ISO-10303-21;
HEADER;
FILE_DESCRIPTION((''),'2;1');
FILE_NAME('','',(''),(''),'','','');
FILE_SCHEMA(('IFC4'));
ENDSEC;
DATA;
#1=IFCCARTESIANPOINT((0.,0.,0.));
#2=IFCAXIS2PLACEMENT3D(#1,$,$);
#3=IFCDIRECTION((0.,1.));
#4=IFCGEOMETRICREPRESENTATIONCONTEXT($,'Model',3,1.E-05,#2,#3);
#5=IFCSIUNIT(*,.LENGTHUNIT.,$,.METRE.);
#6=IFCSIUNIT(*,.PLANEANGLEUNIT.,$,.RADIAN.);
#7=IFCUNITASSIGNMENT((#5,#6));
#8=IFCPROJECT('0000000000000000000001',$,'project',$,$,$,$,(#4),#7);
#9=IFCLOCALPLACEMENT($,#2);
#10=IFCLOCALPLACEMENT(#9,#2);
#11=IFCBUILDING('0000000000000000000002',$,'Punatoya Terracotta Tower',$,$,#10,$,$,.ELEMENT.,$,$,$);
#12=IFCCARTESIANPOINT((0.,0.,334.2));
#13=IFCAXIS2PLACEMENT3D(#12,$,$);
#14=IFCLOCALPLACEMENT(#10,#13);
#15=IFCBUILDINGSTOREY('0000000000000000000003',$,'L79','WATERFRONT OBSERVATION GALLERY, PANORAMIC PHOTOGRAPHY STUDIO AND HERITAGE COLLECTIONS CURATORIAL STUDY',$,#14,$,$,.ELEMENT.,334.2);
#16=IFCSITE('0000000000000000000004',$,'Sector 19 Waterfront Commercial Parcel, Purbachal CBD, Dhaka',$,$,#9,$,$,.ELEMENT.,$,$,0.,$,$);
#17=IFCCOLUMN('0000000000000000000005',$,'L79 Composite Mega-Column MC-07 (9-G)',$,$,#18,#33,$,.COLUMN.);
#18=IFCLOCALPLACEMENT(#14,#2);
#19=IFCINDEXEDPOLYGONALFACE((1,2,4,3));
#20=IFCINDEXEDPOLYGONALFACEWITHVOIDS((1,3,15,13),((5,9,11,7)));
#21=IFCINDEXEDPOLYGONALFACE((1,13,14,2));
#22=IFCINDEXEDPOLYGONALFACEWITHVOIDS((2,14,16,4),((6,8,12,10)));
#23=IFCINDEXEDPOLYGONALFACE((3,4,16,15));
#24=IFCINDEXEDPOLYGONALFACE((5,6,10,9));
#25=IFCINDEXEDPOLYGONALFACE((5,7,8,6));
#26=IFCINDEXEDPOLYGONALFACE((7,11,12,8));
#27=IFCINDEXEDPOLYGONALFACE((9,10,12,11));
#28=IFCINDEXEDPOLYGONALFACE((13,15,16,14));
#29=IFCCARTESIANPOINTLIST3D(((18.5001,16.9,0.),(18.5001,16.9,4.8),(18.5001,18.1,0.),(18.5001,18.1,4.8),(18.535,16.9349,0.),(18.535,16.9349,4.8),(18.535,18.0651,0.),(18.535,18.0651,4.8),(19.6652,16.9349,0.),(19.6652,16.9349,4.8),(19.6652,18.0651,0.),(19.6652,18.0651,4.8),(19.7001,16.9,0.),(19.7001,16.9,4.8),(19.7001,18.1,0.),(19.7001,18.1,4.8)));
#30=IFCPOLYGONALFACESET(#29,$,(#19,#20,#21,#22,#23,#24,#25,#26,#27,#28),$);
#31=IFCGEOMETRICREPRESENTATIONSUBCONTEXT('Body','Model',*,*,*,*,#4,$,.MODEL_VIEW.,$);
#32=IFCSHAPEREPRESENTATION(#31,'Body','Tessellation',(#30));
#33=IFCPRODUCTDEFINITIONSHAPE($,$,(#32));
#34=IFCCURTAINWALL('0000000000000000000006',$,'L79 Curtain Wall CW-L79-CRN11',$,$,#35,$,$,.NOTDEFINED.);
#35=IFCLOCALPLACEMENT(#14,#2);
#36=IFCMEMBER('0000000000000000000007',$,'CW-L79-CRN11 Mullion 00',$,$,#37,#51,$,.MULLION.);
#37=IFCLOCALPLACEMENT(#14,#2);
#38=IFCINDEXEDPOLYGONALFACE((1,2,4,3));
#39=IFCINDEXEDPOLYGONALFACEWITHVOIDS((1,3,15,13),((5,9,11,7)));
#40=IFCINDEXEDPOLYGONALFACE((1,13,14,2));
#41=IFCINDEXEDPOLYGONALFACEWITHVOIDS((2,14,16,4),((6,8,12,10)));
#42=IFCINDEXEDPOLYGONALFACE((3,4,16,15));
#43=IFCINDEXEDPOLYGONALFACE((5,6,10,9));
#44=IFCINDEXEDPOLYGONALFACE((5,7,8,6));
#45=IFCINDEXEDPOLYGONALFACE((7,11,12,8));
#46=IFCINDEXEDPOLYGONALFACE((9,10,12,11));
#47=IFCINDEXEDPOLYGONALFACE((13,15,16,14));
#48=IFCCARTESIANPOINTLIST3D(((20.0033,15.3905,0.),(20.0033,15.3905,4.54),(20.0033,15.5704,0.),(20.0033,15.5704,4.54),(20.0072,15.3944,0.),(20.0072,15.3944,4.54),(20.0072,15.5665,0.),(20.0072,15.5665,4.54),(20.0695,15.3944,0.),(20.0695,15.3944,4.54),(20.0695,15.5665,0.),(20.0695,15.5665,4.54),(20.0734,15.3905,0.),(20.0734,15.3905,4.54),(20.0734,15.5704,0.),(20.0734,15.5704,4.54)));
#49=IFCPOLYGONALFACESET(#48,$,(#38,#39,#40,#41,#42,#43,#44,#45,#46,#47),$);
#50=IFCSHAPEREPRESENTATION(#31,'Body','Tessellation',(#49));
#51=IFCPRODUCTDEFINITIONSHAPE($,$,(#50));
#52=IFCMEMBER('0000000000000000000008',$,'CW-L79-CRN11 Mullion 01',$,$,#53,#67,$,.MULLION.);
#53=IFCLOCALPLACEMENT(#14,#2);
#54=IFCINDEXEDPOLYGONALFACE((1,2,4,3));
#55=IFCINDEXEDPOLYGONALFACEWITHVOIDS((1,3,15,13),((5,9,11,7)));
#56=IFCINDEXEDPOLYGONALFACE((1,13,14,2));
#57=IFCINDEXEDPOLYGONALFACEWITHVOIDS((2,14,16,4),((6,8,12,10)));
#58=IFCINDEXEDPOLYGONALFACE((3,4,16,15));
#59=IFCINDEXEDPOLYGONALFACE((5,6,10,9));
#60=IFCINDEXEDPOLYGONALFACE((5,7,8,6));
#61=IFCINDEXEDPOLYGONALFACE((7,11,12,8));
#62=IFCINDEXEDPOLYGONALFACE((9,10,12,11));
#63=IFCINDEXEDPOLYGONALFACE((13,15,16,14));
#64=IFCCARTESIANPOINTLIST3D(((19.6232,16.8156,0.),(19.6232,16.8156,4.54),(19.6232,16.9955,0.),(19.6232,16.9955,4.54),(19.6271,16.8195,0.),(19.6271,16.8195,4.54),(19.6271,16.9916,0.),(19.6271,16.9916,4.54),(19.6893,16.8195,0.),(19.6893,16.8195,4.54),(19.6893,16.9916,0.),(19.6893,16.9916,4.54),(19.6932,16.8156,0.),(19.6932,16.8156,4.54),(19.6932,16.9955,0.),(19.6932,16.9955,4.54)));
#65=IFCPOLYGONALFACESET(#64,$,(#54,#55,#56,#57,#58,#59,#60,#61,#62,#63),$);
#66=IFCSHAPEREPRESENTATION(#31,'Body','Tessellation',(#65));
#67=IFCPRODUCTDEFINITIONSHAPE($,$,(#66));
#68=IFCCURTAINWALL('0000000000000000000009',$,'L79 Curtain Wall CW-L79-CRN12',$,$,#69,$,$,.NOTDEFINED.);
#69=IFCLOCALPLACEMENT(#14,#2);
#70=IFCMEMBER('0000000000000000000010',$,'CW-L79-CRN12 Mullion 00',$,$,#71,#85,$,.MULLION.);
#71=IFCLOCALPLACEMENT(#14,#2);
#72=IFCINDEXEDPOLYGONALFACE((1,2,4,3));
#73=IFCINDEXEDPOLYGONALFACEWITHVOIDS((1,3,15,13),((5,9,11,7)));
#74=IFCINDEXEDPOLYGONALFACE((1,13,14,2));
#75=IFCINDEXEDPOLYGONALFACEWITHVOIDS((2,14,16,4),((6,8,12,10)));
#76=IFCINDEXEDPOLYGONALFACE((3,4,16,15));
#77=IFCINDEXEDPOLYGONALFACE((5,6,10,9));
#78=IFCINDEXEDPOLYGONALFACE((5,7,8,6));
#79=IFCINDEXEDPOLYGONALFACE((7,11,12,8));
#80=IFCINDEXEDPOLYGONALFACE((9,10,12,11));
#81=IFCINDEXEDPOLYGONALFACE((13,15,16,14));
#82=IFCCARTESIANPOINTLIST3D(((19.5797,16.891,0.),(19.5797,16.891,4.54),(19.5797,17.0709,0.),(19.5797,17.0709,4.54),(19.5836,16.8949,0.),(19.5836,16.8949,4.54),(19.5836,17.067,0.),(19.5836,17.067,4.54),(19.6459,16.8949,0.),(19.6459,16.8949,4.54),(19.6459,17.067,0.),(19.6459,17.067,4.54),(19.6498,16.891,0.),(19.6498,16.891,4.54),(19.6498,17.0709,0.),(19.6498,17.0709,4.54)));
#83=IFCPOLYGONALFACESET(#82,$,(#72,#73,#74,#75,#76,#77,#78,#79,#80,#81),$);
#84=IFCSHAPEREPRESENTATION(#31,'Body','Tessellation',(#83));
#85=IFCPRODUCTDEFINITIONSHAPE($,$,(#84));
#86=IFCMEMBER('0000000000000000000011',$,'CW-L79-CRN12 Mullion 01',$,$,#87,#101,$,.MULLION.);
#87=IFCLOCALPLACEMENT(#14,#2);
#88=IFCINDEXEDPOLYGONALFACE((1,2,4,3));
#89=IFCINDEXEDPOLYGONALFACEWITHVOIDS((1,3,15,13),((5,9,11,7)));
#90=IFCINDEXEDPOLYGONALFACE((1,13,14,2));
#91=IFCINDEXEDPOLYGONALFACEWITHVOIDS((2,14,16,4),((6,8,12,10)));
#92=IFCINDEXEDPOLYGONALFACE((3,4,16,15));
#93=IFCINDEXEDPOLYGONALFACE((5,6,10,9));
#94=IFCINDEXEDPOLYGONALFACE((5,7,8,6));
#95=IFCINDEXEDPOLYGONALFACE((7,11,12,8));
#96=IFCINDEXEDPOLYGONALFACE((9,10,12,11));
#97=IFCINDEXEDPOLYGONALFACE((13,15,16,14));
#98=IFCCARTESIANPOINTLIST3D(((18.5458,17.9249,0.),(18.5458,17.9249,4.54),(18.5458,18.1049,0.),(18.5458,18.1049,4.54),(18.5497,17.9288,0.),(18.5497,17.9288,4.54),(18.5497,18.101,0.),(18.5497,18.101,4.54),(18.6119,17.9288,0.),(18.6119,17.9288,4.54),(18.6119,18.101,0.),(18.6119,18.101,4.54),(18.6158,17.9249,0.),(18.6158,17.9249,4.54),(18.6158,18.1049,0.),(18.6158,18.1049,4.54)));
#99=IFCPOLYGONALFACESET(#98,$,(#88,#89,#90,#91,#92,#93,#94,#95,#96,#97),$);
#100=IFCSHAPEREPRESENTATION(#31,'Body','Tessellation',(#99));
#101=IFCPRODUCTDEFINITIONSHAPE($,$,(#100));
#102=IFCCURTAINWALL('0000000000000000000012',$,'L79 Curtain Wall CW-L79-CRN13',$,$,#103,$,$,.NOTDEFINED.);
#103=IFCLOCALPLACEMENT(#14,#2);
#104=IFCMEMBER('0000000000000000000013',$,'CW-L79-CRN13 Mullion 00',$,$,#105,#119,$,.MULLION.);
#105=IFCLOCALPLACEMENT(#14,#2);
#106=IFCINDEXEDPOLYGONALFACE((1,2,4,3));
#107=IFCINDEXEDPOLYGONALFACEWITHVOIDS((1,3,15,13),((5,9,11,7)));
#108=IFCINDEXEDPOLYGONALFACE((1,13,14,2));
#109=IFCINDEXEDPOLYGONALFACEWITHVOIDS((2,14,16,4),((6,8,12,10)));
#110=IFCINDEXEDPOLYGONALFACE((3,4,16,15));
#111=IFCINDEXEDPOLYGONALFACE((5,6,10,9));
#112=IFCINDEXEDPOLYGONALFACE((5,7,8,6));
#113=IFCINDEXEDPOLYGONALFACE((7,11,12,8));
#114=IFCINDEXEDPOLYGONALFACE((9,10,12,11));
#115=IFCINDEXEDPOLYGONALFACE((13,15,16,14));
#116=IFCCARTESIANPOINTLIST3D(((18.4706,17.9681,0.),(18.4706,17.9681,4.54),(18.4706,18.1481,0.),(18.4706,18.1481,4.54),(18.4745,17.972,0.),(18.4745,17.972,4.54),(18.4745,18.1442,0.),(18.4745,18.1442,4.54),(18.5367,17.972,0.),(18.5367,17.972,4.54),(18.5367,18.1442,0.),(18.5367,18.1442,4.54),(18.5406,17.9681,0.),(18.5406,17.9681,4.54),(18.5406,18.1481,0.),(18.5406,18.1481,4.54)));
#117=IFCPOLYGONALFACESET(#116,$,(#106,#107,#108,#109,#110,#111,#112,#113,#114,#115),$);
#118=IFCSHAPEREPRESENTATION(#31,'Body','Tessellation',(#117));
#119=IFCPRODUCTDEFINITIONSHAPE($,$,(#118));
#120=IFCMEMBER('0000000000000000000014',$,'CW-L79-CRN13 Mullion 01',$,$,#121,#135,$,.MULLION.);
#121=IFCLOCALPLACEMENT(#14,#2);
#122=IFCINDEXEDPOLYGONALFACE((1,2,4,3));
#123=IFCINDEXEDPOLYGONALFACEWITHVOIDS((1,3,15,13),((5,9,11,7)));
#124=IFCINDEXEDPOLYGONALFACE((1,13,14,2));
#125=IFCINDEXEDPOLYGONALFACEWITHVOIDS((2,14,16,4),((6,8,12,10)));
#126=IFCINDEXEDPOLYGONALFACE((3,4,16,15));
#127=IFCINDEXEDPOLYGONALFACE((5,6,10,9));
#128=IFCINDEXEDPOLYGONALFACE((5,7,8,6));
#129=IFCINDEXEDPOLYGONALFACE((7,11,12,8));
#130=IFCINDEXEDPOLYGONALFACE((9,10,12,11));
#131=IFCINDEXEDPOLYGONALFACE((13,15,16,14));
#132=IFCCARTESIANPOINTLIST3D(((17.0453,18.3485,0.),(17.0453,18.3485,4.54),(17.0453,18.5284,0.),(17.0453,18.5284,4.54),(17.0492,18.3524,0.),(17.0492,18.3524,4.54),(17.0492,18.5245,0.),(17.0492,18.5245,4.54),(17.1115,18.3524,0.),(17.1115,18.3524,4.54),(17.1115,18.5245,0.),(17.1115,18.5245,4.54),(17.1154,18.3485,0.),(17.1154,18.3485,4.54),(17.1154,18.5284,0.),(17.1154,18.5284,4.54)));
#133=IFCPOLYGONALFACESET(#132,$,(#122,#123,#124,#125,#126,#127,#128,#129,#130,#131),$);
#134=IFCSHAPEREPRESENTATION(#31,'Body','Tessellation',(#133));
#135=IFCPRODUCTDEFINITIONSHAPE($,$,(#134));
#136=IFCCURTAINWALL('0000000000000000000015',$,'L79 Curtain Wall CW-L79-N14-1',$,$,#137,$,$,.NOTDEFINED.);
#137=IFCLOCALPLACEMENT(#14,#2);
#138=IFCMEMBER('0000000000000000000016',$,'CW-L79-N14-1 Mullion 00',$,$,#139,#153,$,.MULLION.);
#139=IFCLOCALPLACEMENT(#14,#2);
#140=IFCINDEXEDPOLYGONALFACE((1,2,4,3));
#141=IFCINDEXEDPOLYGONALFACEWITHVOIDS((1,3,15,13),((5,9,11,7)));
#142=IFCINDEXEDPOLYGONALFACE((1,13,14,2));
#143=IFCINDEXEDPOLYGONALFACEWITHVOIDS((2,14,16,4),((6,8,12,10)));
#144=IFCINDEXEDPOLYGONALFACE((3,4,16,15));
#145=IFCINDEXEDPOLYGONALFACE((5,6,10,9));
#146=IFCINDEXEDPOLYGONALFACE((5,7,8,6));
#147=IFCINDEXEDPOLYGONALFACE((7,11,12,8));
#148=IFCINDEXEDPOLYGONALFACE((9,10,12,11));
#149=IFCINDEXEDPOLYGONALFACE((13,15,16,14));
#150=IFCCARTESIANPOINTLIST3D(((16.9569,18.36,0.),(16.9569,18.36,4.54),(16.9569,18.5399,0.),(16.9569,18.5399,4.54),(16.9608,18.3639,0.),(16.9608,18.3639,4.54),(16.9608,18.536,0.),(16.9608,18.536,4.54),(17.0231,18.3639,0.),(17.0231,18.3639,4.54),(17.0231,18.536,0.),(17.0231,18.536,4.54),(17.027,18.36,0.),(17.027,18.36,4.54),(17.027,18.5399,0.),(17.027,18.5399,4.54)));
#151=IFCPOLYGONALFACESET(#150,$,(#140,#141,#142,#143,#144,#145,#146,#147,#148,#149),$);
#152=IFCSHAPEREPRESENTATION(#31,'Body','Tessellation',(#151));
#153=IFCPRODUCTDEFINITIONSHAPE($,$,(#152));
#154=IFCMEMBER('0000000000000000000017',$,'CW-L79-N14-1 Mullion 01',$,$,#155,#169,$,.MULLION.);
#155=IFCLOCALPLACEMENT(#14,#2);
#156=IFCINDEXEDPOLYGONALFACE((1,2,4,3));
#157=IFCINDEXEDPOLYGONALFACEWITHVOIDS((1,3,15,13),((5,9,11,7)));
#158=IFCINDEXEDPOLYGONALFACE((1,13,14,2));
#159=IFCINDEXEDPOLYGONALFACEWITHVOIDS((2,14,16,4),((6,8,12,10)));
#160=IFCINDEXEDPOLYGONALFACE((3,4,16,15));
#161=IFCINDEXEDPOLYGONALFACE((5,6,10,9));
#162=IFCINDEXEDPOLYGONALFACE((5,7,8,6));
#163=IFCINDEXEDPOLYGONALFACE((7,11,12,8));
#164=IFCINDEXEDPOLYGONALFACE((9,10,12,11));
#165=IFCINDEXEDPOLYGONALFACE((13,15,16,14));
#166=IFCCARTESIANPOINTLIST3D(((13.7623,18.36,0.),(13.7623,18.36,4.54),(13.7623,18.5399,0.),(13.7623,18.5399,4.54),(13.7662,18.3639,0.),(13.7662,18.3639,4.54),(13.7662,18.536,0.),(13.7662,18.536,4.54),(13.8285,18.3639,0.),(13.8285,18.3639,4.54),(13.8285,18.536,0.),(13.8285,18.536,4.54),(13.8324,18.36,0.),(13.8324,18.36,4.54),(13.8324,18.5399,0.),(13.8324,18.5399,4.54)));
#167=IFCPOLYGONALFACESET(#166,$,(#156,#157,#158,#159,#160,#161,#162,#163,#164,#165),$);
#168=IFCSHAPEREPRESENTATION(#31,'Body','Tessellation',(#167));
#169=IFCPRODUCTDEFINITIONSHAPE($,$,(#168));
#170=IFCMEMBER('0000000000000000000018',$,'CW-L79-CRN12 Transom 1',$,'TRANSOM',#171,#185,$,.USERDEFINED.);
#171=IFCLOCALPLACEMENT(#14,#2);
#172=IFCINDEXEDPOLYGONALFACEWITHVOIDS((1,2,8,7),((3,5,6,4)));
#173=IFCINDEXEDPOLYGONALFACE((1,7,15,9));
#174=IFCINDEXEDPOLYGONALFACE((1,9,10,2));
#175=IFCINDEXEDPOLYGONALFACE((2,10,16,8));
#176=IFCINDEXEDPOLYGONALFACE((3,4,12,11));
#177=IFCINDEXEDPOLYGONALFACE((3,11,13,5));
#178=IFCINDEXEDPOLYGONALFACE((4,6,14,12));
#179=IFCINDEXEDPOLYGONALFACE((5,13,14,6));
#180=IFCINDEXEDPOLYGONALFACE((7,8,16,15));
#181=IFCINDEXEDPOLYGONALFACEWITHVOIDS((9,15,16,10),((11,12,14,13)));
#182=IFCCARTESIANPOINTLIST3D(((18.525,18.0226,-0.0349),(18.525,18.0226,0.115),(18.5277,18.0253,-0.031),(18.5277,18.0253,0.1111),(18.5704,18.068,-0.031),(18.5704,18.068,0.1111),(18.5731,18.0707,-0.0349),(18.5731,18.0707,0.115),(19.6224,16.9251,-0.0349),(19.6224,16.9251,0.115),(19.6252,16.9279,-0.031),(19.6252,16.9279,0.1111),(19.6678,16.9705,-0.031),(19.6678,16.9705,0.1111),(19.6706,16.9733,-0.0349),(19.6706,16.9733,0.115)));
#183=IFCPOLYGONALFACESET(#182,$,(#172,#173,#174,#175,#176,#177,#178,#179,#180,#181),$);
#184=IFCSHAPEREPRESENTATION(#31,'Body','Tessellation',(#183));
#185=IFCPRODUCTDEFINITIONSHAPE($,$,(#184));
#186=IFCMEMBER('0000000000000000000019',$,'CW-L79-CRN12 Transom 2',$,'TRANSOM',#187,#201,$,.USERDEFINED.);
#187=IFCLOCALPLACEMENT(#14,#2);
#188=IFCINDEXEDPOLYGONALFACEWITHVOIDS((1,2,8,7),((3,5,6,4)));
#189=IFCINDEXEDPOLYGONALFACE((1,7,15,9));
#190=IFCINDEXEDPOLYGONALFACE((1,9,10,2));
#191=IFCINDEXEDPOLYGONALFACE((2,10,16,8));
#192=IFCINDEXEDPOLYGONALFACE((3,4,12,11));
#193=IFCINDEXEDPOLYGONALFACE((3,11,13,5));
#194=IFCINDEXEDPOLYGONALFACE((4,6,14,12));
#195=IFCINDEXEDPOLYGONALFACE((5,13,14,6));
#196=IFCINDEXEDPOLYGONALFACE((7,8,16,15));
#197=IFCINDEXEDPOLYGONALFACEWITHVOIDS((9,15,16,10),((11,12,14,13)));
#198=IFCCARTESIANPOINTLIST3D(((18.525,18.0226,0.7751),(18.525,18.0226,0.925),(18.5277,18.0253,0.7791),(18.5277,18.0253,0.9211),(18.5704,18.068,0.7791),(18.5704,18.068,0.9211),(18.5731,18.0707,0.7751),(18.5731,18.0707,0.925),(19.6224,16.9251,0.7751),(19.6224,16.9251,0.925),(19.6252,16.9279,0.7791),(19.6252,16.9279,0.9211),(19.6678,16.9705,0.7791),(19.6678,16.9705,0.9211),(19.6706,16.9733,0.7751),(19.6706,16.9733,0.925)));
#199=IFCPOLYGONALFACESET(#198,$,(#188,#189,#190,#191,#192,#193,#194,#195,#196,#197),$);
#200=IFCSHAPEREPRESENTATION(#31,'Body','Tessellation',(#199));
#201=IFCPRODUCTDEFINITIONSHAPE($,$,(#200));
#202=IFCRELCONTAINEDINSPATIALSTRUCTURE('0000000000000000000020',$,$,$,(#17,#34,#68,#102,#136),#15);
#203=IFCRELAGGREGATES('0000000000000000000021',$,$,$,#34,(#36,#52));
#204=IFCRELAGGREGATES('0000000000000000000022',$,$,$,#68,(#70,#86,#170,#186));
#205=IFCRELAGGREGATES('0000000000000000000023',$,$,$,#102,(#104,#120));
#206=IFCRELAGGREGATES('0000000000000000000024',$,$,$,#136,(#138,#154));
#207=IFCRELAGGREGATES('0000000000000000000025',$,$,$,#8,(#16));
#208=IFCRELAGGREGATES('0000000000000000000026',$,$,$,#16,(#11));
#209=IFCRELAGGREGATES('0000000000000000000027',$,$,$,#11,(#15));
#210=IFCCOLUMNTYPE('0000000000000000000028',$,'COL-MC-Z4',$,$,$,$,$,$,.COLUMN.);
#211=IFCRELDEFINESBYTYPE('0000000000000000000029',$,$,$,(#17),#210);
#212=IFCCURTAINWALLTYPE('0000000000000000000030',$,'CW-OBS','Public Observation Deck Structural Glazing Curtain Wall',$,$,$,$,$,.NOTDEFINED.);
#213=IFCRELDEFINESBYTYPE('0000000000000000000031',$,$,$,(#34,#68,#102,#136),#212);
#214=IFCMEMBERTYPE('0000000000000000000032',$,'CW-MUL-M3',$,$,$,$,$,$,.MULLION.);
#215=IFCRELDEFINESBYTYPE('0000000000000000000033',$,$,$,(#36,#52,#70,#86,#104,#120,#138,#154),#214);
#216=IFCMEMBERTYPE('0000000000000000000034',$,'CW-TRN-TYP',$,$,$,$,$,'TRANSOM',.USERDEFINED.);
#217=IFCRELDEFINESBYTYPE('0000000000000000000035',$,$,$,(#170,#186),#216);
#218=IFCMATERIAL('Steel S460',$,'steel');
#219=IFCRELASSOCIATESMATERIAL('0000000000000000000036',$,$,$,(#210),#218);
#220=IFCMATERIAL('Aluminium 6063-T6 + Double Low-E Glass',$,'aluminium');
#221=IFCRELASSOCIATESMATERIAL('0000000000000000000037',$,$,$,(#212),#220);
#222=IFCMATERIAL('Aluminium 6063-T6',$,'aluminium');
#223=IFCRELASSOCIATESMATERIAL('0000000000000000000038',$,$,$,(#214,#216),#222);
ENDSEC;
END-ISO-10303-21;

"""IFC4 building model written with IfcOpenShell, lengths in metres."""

from ifc_helpers import new_model, si_unit, direction, frame, origin, origin_2d, place, context, subcontext, project, spatial, hollow_rectangle, extrude, material, material_profile, profile_set, type_object, element, aggregate, save


model = new_model("IFC4")

# Units and contexts
model_context = context("Model", 3, precision=1e-05, world=origin(), true_north=direction((0.0, 1.0)))
body_context = subcontext(model_context, "Body", "Model", "MODEL_VIEW")
ifc_project = project(units=[si_unit("LENGTHUNIT", "METRE"), si_unit("PLANEANGLEUNIT", "RADIAN")], contexts=[model_context])

# Site, building, storey
site_placement = place(None, origin())
site = spatial("IfcSite", under=ifc_project, at=site_placement, Name="Sector 19 Waterfront Commercial Parcel, Purbachal CBD, Dhaka", CompositionType="ELEMENT", RefElevation=0.0)
building_placement = place(site_placement, origin())
building = spatial("IfcBuilding", under=site, at=building_placement, Name="Punatoya Terracotta Tower", CompositionType="ELEMENT")
storey_placement = place(building_placement, frame((0.0, 0.0, 334.2)))
storey = spatial("IfcBuildingStorey", under=building, at=storey_placement, Name="L79", Description="WATERFRONT OBSERVATION GALLERY, PANORAMIC PHOTOGRAPHY STUDIO AND HERITAGE COLLECTIONS CURATORIAL STUDY", CompositionType="ELEMENT", Elevation=334.2)

# Column
ifc_material_1 = material(Name="Steel S460", Category="steel")
ifc_material_profile_1 = material_profile(ifc_material_1, hollow_rectangle(XDim=1.2, YDim=1.2, WallThickness=0.0349, at=origin_2d()))
ifc_profile_set_1 = profile_set([ifc_material_profile_1], Name="Steel S460")
column_type = type_object("IfcColumnType", Name="COL-MC-Z4", PredefinedType="COLUMN", material=ifc_profile_set_1)
column_placement = place(storey_placement, frame((19.1001, 17.5, 0.0), z_axis=(0.0, 0.0, 1.0), x_axis=(1.0, 0.0, 0.0)))
element("IfcColumn", 1, at=column_placement, inside=storey, type_object=column_type, Name="L79 Composite Mega-Column MC-07 (9-G)", PredefinedType="COLUMN", context=body_context, shape_type="SweptSolid", body=[
    extrude(hollow_rectangle(XDim=1.2, YDim=1.2, WallThickness=0.0349, at=origin_2d()), origin(), (0.0, 0.0, 1.0), 4.8),
])

# Curtain walls, members
ifc_material_2 = material(Name="Aluminium 6063-T6 + Double Low-E Glass", Category="aluminium")
curtain_wall_type = type_object("IfcCurtainWallType", Name="CW-OBS", Description="Public Observation Deck Structural Glazing Curtain Wall", PredefinedType="NOTDEFINED", material=ifc_material_2)
curtain_wall_1_placement = place(storey_placement, origin())
curtain_wall_1 = element("IfcCurtainWall", 2, at=curtain_wall_1_placement, inside=storey, type_object=curtain_wall_type, Name="L79 Curtain Wall CW-L79-CRN11", PredefinedType="NOTDEFINED")
ifc_material_3 = material(Name="Aluminium 6063-T6", Category="aluminium")
ifc_material_profile_2 = material_profile(ifc_material_3, hollow_rectangle(XDim=0.0701, YDim=0.1799, WallThickness=0.0039, at=origin_2d()))
ifc_profile_set_2 = profile_set([ifc_material_profile_2], Name="Aluminium 6063-T6")
member_type_1 = type_object("IfcMemberType", Name="CW-MUL-M3", PredefinedType="MULLION", material=ifc_profile_set_2)
member_1_placement = place(storey_placement, frame((20.0383, 15.4805, 0.0), z_axis=(0.0, 0.0, 1.0), x_axis=(1.0, 0.0, 0.0)))
member_1 = element("IfcMember", 3, at=member_1_placement, type_object=member_type_1, Name="CW-L79-CRN11 Mullion 00", PredefinedType="MULLION", context=body_context, shape_type="SweptSolid", body=[
    extrude(hollow_rectangle(XDim=0.0701, YDim=0.1799, WallThickness=0.0039, at=origin_2d()), origin(), (0.0, 0.0, 1.0), 4.54),
])
member_2_placement = place(storey_placement, frame((19.6582, 16.9055, 0.0), z_axis=(0.0, 0.0, 1.0), x_axis=(1.0, 0.0, 0.0)))
member_2 = element("IfcMember", 4, at=member_2_placement, type_object=member_type_1, Name="CW-L79-CRN11 Mullion 01", PredefinedType="MULLION", context=body_context, shape_type="SweptSolid", body=[
    extrude(hollow_rectangle(XDim=0.0701, YDim=0.1799, WallThickness=0.0039, at=origin_2d()), origin(), (0.0, 0.0, 1.0), 4.54),
])
curtain_wall_2_placement = place(storey_placement, origin())
curtain_wall_2 = element("IfcCurtainWall", 5, at=curtain_wall_2_placement, inside=storey, type_object=curtain_wall_type, Name="L79 Curtain Wall CW-L79-CRN12", PredefinedType="NOTDEFINED")
member_3_placement = place(storey_placement, frame((19.6147, 16.981, 0.0), z_axis=(0.0, 0.0, 1.0), x_axis=(1.0, 0.0, 0.0)))
member_3 = element("IfcMember", 6, at=member_3_placement, type_object=member_type_1, Name="CW-L79-CRN12 Mullion 00", PredefinedType="MULLION", context=body_context, shape_type="SweptSolid", body=[
    extrude(hollow_rectangle(XDim=0.0701, YDim=0.1799, WallThickness=0.0039, at=origin_2d()), origin(), (0.0, 0.0, 1.0), 4.54),
])
member_4_placement = place(storey_placement, frame((18.5808, 18.0149, 0.0), z_axis=(0.0, 0.0, 1.0), x_axis=(1.0, 0.0, 0.0)))
member_4 = element("IfcMember", 7, at=member_4_placement, type_object=member_type_1, Name="CW-L79-CRN12 Mullion 01", PredefinedType="MULLION", context=body_context, shape_type="SweptSolid", body=[
    extrude(hollow_rectangle(XDim=0.0701, YDim=0.1799, WallThickness=0.0039, at=origin_2d()), origin(), (0.0, 0.0, 1.0), 4.54),
])
curtain_wall_3_placement = place(storey_placement, origin())
curtain_wall_3 = element("IfcCurtainWall", 8, at=curtain_wall_3_placement, inside=storey, type_object=curtain_wall_type, Name="L79 Curtain Wall CW-L79-CRN13", PredefinedType="NOTDEFINED")
member_5_placement = place(storey_placement, frame((18.5056, 18.0581, 0.0), z_axis=(0.0, 0.0, 1.0), x_axis=(1.0, 0.0, 0.0)))
member_5 = element("IfcMember", 9, at=member_5_placement, type_object=member_type_1, Name="CW-L79-CRN13 Mullion 00", PredefinedType="MULLION", context=body_context, shape_type="SweptSolid", body=[
    extrude(hollow_rectangle(XDim=0.0701, YDim=0.1799, WallThickness=0.0039, at=origin_2d()), origin(), (0.0, 0.0, 1.0), 4.54),
])
member_6_placement = place(storey_placement, frame((17.0803, 18.4385, 0.0), z_axis=(0.0, 0.0, 1.0), x_axis=(1.0, 0.0, 0.0)))
member_6 = element("IfcMember", 10, at=member_6_placement, type_object=member_type_1, Name="CW-L79-CRN13 Mullion 01", PredefinedType="MULLION", context=body_context, shape_type="SweptSolid", body=[
    extrude(hollow_rectangle(XDim=0.0701, YDim=0.1799, WallThickness=0.0039, at=origin_2d()), origin(), (0.0, 0.0, 1.0), 4.54),
])
curtain_wall_4_placement = place(storey_placement, origin())
curtain_wall_4 = element("IfcCurtainWall", 11, at=curtain_wall_4_placement, inside=storey, type_object=curtain_wall_type, Name="L79 Curtain Wall CW-L79-N14-1", PredefinedType="NOTDEFINED")
member_7_placement = place(storey_placement, frame((16.9919, 18.45, 0.0), z_axis=(0.0, 0.0, 1.0), x_axis=(1.0, 0.0, 0.0)))
member_7 = element("IfcMember", 12, at=member_7_placement, type_object=member_type_1, Name="CW-L79-N14-1 Mullion 00", PredefinedType="MULLION", context=body_context, shape_type="SweptSolid", body=[
    extrude(hollow_rectangle(XDim=0.0701, YDim=0.1799, WallThickness=0.0039, at=origin_2d()), origin(), (0.0, 0.0, 1.0), 4.54),
])
member_8_placement = place(storey_placement, frame((13.7974, 18.45, 0.0), z_axis=(0.0, 0.0, 1.0), x_axis=(1.0, 0.0, 0.0)))
member_8 = element("IfcMember", 13, at=member_8_placement, type_object=member_type_1, Name="CW-L79-N14-1 Mullion 01", PredefinedType="MULLION", context=body_context, shape_type="SweptSolid", body=[
    extrude(hollow_rectangle(XDim=0.0701, YDim=0.1799, WallThickness=0.0039, at=origin_2d()), origin(), (0.0, 0.0, 1.0), 4.54),
])

# Members
ifc_material_profile_3 = material_profile(ifc_material_3, hollow_rectangle(XDim=0.0681, YDim=0.1499, WallThickness=0.0039, at=origin_2d()))
ifc_profile_set_3 = profile_set([ifc_material_profile_3], Name="Aluminium 6063-T6")
member_type_2 = type_object("IfcMemberType", Name="CW-TRN-TYP", ElementType="TRANSOM", PredefinedType="USERDEFINED", material=ifc_profile_set_3)
member_9_placement = place(storey_placement, frame((19.6465, 16.9492, 0.04), z_axis=(-0.707107, 0.707107, 0.0), x_axis=(-0.707107, -0.707107, 0.0)))
member_9 = element("IfcMember", 14, at=member_9_placement, type_object=member_type_2, Name="CW-L79-CRN12 Transom 1", ObjectType="TRANSOM", PredefinedType="USERDEFINED", context=body_context, shape_type="SweptSolid", body=[
    extrude(hollow_rectangle(XDim=0.0681, YDim=0.1499, WallThickness=0.0039, at=origin_2d()), origin(), (0.0, 0.0, 1.0), 1.552),
])
member_10_placement = place(storey_placement, frame((19.6465, 16.9492, 0.8501), z_axis=(-0.707107, 0.707107, 0.0), x_axis=(-0.707107, -0.707107, 0.0)))
member_10 = element("IfcMember", 15, at=member_10_placement, type_object=member_type_2, Name="CW-L79-CRN12 Transom 2", ObjectType="TRANSOM", PredefinedType="USERDEFINED", context=body_context, shape_type="SweptSolid", body=[
    extrude(hollow_rectangle(XDim=0.0681, YDim=0.1499, WallThickness=0.0039, at=origin_2d()), origin(), (0.0, 0.0, 1.0), 1.552),
])

aggregate(curtain_wall_1, [member_1, member_2])
aggregate(curtain_wall_2, [member_3, member_4, member_9, member_10])
aggregate(curtain_wall_3, [member_5, member_6])
aggregate(curtain_wall_4, [member_7, member_8])

save(model, "model.ifc")
